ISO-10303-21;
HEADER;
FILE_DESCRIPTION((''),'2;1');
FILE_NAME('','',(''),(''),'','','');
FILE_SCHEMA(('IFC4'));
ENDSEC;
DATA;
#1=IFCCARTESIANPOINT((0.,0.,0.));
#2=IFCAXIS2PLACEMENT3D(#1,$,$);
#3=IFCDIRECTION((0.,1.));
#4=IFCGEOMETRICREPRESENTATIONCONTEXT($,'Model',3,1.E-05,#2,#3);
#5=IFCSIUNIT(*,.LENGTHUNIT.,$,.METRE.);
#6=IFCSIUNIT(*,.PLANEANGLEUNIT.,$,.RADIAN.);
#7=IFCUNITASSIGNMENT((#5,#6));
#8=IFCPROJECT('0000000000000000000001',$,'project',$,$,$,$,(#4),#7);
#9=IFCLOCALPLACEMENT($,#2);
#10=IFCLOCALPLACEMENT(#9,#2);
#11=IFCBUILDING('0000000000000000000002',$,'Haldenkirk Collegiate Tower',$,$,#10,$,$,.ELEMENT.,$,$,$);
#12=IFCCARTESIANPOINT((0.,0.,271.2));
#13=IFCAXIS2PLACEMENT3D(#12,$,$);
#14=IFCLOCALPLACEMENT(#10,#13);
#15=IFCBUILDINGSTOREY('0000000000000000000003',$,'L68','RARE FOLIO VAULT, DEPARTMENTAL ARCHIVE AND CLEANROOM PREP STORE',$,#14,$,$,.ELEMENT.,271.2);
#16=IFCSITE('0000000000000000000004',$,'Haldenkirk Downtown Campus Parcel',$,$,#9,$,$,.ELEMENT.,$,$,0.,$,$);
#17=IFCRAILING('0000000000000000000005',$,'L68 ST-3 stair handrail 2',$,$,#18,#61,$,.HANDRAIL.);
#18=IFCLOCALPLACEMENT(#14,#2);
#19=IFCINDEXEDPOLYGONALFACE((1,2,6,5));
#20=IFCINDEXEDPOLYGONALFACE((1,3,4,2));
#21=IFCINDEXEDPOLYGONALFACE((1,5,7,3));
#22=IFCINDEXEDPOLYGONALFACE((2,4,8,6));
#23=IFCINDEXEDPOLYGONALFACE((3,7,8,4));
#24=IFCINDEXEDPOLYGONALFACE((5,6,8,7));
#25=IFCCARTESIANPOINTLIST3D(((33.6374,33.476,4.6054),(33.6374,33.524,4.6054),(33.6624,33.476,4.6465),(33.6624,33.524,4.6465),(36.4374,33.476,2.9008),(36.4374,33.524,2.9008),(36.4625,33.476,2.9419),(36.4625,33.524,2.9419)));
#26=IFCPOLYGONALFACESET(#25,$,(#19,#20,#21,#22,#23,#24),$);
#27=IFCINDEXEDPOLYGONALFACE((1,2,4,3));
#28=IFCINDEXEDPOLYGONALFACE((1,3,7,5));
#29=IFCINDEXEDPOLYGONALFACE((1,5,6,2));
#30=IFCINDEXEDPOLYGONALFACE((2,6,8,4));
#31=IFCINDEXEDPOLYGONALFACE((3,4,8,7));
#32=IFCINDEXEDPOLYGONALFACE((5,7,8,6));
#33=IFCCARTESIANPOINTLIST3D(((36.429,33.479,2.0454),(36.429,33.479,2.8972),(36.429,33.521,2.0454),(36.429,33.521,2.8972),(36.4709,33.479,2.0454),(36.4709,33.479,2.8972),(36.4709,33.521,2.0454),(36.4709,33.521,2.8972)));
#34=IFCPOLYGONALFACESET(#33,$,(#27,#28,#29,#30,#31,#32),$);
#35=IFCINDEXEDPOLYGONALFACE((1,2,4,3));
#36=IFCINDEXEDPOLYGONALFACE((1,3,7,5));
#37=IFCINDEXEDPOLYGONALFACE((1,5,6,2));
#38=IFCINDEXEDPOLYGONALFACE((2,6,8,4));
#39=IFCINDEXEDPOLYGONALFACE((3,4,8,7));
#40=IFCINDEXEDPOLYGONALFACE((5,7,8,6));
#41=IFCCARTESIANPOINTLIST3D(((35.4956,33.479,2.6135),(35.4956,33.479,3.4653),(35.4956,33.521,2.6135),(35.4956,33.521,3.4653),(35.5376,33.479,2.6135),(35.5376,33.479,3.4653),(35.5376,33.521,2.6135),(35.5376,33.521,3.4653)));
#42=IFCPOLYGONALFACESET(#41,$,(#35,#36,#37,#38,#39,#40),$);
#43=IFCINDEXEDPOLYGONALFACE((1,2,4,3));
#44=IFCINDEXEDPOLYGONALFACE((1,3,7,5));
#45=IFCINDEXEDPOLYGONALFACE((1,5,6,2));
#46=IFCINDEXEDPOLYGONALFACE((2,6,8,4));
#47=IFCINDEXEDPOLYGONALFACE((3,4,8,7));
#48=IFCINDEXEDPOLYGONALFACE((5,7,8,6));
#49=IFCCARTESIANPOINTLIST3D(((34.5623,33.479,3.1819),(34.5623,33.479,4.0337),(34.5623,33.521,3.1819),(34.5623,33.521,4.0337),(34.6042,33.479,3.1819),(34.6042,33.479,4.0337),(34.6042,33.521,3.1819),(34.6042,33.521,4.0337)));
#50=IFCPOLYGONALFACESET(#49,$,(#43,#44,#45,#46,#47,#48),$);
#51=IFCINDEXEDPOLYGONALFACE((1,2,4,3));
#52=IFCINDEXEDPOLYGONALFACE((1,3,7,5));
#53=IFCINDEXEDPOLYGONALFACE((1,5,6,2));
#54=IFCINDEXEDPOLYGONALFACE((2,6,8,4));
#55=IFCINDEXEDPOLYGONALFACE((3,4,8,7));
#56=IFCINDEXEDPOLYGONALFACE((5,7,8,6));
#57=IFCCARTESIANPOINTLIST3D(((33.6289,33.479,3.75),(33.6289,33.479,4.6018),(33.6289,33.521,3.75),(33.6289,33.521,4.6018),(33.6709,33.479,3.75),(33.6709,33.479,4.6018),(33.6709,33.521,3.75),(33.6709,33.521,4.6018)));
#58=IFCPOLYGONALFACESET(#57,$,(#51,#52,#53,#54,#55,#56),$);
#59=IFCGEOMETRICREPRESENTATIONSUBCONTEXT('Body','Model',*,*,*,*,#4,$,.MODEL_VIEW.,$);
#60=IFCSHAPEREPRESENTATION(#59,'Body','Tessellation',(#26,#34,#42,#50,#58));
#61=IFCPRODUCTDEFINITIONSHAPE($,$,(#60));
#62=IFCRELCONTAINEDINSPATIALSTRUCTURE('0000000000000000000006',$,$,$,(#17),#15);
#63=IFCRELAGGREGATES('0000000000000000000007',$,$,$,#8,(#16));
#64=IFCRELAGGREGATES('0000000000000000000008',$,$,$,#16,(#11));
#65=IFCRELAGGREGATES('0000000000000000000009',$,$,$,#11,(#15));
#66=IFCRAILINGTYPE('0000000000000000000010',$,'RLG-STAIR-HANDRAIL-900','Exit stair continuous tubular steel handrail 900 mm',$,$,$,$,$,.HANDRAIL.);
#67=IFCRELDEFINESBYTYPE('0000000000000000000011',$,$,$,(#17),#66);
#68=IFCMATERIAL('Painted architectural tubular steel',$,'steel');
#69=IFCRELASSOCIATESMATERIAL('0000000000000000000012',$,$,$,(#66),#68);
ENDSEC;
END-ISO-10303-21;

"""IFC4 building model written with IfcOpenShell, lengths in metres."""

from ifc_helpers import new_model, si_unit, direction, frame, origin, origin_2d, place, context, subcontext, project, spatial, rectangle, extrude, material, type_object, element, save


model = new_model("IFC4")

# Units and contexts
model_context = context("Model", 3, precision=1e-05, world=origin(), true_north=direction((0.0, 1.0)))
body_context = subcontext(model_context, "Body", "Model", "MODEL_VIEW")
ifc_project = project(units=[si_unit("LENGTHUNIT", "METRE"), si_unit("PLANEANGLEUNIT", "RADIAN")], contexts=[model_context])

# Site, building, storey
site_placement = place(None, origin())
site = spatial("IfcSite", under=ifc_project, at=site_placement, Name="Haldenkirk Downtown Campus Parcel", CompositionType="ELEMENT", RefElevation=0.0)
building_placement = place(site_placement, origin())
building = spatial("IfcBuilding", under=site, at=building_placement, Name="Haldenkirk Collegiate Tower", CompositionType="ELEMENT")
storey_placement = place(building_placement, frame((0.0, 0.0, 271.2)))
storey = spatial("IfcBuildingStorey", under=building, at=storey_placement, Name="L68", Description="RARE FOLIO VAULT, DEPARTMENTAL ARCHIVE AND CLEANROOM PREP STORE", CompositionType="ELEMENT", Elevation=271.2)

# Railing
ifc_material_1 = material(Name="Painted architectural tubular steel", Category="steel")
railing_type_1 = type_object("IfcRailingType", Name="RLG-STAIR-HANDRAIL-900", Description="Exit stair continuous tubular steel handrail 900 mm", PredefinedType="HANDRAIL", material=ifc_material_1)
railing_1_placement = place(storey_placement, frame((36.45, 33.5, 2.0454)))
element("IfcRailing", 1, at=railing_1_placement, inside=storey, type_object=railing_type_1, Name="L68 ST-3 stair handrail 2", PredefinedType="HANDRAIL", context=body_context, shape_type="SweptSolid", body=[
    extrude(rectangle(XDim=0.0481, YDim=0.0481, at=origin_2d()), frame((0.0, 0.0, 0.876), z_axis=(-0.85417, 0.0, 0.519994), x_axis=(0.0, -1.0, 0.0)), (0.0, 0.0, 1.0), 3.2781),
    extrude(rectangle(XDim=0.042, YDim=0.042, at=origin_2d()), origin(), (0.0, 0.0, 1.0), 0.8518),
    extrude(rectangle(XDim=0.042, YDim=0.042, at=origin_2d()), frame((-0.9333, 0.0, 0.5681)), (0.0, 0.0, 1.0), 0.8518),
    extrude(rectangle(XDim=0.042, YDim=0.042, at=origin_2d()), frame((-1.8667, 0.0, 1.1365)), (0.0, 0.0, 1.0), 0.8518),
    extrude(rectangle(XDim=0.042, YDim=0.042, at=origin_2d()), frame((-2.8, 0.0, 1.7046)), (0.0, 0.0, 1.0), 0.8518),
])

save(model, "model.ifc")
